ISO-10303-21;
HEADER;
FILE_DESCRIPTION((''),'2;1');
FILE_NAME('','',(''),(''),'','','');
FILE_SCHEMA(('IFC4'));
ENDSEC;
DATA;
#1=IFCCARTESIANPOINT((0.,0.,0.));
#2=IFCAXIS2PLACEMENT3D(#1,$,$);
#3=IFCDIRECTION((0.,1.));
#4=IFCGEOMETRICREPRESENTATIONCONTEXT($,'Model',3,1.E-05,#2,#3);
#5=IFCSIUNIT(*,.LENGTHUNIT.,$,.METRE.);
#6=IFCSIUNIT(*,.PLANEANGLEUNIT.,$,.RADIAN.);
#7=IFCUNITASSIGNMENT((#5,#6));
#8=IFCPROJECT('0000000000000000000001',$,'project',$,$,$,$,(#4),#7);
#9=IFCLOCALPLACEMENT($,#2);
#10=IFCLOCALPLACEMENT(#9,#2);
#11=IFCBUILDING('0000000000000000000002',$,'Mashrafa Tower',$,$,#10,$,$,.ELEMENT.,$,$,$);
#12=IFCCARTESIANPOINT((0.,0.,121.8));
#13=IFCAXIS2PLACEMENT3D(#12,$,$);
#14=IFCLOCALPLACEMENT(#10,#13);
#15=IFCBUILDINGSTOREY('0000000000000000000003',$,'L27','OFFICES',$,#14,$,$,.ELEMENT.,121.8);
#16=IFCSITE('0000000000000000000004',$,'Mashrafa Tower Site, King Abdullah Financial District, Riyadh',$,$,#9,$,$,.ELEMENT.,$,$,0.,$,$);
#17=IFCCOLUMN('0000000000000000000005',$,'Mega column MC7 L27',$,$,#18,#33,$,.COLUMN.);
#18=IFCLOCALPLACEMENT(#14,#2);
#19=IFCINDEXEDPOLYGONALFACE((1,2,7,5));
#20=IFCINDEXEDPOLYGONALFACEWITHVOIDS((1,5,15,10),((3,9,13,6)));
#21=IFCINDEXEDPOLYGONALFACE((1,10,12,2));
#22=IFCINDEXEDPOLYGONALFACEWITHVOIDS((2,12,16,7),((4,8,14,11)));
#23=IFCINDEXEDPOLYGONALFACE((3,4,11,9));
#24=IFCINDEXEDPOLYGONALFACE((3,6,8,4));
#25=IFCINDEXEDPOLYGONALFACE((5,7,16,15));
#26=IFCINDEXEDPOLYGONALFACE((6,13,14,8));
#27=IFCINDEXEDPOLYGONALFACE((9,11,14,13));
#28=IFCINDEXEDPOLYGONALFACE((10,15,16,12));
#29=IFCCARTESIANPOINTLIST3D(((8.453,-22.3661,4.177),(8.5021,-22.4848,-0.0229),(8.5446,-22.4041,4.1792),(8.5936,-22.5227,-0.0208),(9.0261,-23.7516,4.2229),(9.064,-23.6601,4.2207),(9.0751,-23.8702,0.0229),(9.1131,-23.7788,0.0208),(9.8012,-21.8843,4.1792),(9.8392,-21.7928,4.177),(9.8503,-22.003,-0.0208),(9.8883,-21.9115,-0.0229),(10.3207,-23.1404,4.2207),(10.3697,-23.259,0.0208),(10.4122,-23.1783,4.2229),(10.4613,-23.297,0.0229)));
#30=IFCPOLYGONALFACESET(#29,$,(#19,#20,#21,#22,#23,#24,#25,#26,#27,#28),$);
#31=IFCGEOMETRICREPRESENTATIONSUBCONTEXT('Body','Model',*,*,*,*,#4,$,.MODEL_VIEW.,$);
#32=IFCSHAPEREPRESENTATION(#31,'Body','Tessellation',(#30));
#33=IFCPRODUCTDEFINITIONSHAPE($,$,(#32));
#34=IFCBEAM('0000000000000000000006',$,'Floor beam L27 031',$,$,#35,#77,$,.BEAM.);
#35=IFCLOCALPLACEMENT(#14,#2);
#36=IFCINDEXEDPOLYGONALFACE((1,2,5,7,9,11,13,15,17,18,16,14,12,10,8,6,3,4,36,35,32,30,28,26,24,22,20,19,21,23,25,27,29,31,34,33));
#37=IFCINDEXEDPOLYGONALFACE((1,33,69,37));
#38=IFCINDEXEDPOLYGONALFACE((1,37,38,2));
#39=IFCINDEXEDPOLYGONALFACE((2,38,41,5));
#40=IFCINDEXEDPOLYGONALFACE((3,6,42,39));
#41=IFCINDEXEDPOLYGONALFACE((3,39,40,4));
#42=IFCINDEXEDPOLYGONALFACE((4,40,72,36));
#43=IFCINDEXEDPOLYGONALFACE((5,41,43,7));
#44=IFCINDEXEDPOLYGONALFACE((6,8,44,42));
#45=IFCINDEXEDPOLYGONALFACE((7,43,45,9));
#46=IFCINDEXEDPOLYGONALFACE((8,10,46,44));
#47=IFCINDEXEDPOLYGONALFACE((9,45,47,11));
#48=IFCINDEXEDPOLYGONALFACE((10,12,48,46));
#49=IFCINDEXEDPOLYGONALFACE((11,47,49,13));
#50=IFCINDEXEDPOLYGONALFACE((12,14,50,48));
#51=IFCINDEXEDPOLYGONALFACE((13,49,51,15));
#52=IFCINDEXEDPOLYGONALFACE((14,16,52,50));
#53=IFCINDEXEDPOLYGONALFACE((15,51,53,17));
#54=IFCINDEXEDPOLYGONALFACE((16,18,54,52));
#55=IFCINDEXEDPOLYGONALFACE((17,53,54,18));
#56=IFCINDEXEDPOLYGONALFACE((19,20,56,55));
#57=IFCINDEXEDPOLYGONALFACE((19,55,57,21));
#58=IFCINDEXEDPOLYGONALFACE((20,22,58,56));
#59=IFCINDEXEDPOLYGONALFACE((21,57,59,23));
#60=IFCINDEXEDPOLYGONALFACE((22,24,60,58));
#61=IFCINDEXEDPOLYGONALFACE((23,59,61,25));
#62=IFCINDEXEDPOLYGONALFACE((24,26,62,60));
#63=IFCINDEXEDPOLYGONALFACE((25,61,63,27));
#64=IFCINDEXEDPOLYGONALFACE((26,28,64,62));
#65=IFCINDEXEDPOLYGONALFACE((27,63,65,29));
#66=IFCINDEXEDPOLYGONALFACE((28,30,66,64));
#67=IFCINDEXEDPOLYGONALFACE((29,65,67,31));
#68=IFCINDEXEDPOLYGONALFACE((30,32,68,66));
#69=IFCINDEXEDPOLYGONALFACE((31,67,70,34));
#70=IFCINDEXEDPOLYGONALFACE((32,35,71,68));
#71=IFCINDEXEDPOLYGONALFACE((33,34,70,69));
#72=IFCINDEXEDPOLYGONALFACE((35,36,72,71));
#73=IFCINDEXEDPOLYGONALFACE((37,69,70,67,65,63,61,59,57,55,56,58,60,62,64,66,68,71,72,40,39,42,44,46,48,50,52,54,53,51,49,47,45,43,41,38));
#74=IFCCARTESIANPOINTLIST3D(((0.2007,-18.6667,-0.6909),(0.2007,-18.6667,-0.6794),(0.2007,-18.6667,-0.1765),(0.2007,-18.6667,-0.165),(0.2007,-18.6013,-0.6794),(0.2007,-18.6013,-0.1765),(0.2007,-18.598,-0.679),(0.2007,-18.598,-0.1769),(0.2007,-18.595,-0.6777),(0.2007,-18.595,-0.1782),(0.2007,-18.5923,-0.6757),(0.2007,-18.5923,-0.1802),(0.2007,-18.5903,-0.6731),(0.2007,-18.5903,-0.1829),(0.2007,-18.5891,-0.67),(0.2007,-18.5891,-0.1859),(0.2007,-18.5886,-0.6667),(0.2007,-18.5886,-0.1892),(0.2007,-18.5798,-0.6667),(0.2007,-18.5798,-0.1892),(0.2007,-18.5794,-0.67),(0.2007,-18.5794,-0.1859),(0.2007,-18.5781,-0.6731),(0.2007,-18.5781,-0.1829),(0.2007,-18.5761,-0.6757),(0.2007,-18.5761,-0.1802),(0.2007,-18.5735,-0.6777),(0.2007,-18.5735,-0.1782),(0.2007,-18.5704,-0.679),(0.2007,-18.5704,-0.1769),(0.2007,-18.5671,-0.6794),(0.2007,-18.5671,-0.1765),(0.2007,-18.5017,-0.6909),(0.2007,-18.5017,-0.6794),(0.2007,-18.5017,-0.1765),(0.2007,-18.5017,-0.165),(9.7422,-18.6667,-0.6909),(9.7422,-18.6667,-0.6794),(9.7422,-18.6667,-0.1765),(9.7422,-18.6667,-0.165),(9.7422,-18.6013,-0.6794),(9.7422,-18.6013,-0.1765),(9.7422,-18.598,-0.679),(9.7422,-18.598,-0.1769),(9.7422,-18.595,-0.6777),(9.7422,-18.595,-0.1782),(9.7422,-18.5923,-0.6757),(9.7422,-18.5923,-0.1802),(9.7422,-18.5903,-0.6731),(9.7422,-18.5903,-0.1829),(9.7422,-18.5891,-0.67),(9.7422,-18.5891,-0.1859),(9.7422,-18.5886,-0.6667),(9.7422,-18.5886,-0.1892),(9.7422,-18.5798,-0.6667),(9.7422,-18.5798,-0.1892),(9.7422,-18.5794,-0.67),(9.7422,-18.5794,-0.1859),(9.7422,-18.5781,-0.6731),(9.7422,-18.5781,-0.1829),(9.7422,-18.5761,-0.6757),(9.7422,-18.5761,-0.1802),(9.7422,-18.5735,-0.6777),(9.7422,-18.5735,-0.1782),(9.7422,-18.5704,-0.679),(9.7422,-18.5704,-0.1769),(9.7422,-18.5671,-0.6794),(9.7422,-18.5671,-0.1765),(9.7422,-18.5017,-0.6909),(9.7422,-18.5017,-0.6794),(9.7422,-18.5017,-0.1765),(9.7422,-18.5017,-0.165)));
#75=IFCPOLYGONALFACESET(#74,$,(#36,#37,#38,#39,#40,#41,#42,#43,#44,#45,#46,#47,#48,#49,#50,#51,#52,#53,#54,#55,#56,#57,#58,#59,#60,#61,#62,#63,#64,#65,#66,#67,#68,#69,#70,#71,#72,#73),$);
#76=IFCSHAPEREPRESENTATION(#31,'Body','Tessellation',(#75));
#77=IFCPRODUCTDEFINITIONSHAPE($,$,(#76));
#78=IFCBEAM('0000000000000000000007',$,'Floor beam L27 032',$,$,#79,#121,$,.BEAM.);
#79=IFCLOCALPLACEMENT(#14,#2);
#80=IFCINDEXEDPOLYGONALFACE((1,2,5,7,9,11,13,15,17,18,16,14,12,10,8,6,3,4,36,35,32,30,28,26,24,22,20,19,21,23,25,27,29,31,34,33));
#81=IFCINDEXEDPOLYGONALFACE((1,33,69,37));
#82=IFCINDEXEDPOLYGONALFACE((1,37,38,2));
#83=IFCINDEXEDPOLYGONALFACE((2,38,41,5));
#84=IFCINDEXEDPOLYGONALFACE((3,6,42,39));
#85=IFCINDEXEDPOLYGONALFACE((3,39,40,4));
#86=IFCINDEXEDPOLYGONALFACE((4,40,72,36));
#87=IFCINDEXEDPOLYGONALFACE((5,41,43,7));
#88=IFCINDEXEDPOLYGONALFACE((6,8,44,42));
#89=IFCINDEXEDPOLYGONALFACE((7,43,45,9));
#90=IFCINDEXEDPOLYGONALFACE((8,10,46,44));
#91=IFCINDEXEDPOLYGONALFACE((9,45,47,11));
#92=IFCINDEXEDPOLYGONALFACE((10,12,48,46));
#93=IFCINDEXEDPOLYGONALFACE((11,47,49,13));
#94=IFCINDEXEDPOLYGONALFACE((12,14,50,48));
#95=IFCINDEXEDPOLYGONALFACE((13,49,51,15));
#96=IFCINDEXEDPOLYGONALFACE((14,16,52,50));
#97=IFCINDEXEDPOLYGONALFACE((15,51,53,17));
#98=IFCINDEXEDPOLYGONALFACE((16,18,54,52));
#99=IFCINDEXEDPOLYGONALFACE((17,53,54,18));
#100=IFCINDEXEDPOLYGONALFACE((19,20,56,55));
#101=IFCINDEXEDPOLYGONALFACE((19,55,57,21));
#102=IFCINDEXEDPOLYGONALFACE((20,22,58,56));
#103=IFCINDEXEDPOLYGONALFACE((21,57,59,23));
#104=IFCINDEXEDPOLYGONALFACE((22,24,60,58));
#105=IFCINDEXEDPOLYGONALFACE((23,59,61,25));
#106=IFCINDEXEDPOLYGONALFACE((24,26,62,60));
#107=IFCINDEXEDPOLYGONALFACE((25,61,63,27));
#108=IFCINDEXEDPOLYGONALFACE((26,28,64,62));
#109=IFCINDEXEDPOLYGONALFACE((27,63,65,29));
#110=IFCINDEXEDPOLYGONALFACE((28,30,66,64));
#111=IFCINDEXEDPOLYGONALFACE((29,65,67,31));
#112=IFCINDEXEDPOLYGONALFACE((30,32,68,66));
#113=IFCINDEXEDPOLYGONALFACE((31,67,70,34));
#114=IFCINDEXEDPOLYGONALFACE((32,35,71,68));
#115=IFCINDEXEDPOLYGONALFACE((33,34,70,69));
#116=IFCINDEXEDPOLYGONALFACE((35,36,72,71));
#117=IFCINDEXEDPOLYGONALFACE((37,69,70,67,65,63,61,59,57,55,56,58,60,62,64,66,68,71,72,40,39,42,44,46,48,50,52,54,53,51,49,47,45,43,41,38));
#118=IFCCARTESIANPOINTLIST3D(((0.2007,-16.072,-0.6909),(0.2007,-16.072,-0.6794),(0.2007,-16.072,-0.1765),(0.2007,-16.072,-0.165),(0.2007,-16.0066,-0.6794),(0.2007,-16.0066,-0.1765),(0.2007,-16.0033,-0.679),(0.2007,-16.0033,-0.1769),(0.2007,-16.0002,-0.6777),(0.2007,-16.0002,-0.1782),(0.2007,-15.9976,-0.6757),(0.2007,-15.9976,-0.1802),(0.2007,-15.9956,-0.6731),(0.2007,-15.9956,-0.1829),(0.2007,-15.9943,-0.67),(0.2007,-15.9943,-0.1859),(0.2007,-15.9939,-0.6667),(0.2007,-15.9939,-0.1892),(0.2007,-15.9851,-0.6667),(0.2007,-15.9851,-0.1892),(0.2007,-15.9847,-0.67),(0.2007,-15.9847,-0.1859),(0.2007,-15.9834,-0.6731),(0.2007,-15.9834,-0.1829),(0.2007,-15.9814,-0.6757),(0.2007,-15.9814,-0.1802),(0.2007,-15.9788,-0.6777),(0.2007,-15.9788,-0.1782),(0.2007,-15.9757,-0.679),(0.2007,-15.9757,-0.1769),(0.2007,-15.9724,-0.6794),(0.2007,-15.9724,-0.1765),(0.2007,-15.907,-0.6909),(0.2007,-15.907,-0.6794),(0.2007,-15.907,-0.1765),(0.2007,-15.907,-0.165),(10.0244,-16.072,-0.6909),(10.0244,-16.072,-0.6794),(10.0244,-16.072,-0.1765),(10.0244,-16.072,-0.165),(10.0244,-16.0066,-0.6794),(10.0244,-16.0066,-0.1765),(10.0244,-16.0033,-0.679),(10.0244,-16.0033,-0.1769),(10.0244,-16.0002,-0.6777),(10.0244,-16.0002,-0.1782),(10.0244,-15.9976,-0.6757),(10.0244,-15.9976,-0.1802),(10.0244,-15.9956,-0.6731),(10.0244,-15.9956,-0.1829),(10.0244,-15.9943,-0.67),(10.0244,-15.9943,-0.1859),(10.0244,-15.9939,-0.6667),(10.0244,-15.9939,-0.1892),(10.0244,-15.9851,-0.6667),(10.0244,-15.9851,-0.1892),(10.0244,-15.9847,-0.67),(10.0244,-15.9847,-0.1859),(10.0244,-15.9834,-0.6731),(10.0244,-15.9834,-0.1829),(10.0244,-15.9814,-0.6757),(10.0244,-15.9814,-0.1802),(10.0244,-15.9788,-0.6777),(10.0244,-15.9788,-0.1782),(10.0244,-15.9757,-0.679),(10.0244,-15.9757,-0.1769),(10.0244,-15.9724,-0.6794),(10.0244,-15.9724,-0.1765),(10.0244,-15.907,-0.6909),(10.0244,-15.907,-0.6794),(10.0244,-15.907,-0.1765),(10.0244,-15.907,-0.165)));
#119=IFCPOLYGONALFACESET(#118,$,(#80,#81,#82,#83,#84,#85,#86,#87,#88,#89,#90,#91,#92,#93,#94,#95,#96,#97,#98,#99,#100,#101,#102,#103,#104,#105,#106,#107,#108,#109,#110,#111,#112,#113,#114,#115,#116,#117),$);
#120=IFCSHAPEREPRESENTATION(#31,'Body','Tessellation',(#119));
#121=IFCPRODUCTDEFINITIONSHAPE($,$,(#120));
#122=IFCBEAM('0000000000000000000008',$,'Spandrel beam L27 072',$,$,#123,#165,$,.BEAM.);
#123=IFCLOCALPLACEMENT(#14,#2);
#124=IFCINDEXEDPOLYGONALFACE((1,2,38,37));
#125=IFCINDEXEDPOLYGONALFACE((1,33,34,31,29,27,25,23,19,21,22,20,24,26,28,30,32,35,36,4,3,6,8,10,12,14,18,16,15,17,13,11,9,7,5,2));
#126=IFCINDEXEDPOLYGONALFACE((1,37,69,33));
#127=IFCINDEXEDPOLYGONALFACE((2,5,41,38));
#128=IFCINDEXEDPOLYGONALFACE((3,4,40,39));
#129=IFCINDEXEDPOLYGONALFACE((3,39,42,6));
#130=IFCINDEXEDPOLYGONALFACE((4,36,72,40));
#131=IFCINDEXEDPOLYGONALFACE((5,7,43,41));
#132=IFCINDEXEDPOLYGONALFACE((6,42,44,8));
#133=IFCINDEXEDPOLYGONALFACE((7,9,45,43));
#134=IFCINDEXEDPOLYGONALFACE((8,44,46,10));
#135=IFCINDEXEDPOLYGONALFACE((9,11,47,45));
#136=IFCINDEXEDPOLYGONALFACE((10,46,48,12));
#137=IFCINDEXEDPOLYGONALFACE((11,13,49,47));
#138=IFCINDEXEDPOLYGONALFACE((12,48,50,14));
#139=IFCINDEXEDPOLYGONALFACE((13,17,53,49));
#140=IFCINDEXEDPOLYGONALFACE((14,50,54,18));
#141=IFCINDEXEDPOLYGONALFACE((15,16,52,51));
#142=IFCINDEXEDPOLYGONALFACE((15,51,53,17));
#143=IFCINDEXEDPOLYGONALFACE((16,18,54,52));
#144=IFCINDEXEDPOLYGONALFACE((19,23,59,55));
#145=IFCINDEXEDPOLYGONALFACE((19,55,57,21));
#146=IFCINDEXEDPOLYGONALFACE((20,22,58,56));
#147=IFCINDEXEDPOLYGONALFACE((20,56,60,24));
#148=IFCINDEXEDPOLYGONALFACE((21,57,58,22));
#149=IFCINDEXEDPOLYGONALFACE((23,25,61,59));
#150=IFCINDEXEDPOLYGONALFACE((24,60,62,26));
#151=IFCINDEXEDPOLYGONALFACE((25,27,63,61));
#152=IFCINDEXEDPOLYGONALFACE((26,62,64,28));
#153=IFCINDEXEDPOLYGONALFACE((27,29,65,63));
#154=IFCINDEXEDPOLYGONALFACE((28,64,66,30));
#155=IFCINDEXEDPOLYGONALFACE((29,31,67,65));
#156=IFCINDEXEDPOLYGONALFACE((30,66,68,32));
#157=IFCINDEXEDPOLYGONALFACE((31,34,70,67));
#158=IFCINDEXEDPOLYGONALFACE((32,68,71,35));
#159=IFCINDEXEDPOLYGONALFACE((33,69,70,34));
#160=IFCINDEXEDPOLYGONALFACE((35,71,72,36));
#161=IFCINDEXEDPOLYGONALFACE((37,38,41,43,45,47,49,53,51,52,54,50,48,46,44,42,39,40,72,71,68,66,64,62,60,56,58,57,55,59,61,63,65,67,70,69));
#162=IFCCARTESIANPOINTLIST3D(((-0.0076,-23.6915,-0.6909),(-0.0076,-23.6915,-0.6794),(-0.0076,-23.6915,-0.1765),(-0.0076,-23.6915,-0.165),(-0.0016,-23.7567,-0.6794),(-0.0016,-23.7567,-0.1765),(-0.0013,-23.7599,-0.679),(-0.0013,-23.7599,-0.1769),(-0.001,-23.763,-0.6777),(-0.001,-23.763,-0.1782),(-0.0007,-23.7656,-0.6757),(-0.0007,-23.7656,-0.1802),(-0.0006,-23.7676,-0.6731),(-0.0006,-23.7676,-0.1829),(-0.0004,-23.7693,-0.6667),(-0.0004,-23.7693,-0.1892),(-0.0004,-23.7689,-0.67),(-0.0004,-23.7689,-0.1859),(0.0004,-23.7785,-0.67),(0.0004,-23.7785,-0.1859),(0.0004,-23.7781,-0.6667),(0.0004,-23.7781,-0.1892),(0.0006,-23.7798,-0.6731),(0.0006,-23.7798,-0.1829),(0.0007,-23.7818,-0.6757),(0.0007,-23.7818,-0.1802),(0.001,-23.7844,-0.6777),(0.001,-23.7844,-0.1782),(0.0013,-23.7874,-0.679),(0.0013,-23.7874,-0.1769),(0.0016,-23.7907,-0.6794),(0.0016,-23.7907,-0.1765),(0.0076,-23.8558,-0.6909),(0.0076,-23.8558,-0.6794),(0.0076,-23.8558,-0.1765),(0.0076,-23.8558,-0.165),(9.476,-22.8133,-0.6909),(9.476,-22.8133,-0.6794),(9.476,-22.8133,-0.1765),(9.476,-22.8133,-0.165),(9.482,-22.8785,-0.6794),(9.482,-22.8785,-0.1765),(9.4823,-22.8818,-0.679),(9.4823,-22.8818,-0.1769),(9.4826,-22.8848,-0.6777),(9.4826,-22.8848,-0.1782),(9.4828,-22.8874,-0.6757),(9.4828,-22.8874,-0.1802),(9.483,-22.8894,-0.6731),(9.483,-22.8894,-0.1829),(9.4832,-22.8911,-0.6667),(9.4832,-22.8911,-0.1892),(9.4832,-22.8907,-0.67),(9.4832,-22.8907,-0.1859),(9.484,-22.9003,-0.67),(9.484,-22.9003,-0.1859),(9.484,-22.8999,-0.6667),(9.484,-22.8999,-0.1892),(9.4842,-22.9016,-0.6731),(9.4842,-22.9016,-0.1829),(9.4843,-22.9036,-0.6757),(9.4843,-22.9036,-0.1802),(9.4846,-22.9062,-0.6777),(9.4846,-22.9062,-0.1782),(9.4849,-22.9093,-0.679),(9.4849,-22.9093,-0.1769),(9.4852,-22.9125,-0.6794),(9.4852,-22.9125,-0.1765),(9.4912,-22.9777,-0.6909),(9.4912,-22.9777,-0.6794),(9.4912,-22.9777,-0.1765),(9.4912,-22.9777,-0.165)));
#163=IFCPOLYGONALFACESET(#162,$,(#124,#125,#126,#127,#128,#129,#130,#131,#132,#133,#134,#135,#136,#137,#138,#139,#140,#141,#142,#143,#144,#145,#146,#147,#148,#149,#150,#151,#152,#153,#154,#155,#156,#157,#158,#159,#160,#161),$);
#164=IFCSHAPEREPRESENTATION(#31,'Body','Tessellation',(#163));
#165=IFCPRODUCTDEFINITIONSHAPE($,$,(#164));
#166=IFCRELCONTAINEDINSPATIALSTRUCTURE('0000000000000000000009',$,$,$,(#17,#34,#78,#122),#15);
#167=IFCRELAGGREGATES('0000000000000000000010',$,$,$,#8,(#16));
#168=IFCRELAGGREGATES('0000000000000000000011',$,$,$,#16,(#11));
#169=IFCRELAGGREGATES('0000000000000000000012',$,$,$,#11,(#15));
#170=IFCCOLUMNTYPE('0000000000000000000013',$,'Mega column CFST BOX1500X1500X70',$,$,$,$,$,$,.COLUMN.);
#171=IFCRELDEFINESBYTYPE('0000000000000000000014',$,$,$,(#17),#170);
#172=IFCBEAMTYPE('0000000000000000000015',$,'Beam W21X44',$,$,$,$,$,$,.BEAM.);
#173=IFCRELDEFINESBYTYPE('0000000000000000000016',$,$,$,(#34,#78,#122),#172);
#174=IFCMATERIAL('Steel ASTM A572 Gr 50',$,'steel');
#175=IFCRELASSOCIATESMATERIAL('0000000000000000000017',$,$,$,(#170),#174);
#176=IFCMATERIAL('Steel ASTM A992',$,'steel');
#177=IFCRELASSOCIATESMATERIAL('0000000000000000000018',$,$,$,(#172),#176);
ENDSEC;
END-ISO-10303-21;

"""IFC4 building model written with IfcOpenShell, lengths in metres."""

from ifc_helpers import new_model, si_unit, direction, frame, origin, origin_2d, place, context, subcontext, project, spatial, hollow_rectangle, i_section, extrude, material, material_profile, profile_set, type_object, element, save


model = new_model("IFC4")

# Units and contexts
model_context = context("Model", 3, precision=1e-05, world=origin(), true_north=direction((0.0, 1.0)))
body_context = subcontext(model_context, "Body", "Model", "MODEL_VIEW")
ifc_project = project(units=[si_unit("LENGTHUNIT", "METRE"), si_unit("PLANEANGLEUNIT", "RADIAN")], contexts=[model_context])

# Site, building, storey
site_placement = place(None, origin())
site = spatial("IfcSite", under=ifc_project, at=site_placement, Name="Mashrafa Tower Site, King Abdullah Financial District, Riyadh", CompositionType="ELEMENT", RefElevation=0.0)
building_placement = place(site_placement, origin())
building = spatial("IfcBuilding", under=site, at=building_placement, Name="Mashrafa Tower", CompositionType="ELEMENT")
storey_placement = place(building_placement, frame((0.0, 0.0, 121.8)))
storey = spatial("IfcBuildingStorey", under=building, at=storey_placement, Name="L27", Description="OFFICES", CompositionType="ELEMENT", Elevation=121.8)

# Column
ifc_material_1 = material(Name="Steel ASTM A572 Gr 50", Category="steel")
ifc_material_profile_1 = material_profile(ifc_material_1, hollow_rectangle(XDim=1.5, YDim=1.5, WallThickness=0.0701, at=origin_2d()), Name="BOX1500X1500X70")
ifc_profile_set_1 = profile_set([ifc_material_profile_1], Name="Steel ASTM A572 Gr 50")
column_type = type_object("IfcColumnType", Name="Mega column CFST BOX1500X1500X70", PredefinedType="COLUMN", material=ifc_profile_set_1)
column_placement = place(storey_placement, frame((9.4817, -22.8909, 0.0), z_axis=(-0.011679, 0.028238, 0.999533), x_axis=(-0.924086, -0.382184, 0.0)))
element("IfcColumn", 1, at=column_placement, inside=storey, type_object=column_type, Name="Mega column MC7 L27", PredefinedType="COLUMN", context=body_context, shape_type="SweptSolid", body=[
    extrude(hollow_rectangle(XDim=1.5, YDim=1.5, WallThickness=0.0701, at=origin_2d()), origin(), (0.0, 0.0, 1.0), 4.2019),
])

# Beams
ifc_material_2 = material(Name="Steel ASTM A992", Category="steel")
ifc_material_profile_2 = material_profile(ifc_material_2, i_section(OverallWidth=0.165, OverallDepth=0.5259, WebThickness=0.0088, FlangeThickness=0.0115, FilletRadius=0.0127, at=origin_2d()), Name="W21X44")
ifc_profile_set_2 = profile_set([ifc_material_profile_2], Name="Steel ASTM A992")
beam_type_1 = type_object("IfcBeamType", Name="Beam W21X44", PredefinedType="BEAM", material=ifc_profile_set_2)
beam_1_placement = place(storey_placement, frame((9.7422, -18.5842, -0.428), z_axis=(-1.0, 0.0, 0.0), x_axis=(0.0, -1.0, 0.0)))
element("IfcBeam", 2, at=beam_1_placement, inside=storey, type_object=beam_type_1, Name="Floor beam L27 031", PredefinedType="BEAM", context=body_context, shape_type="SweptSolid", body=[
    extrude(i_section(OverallWidth=0.165, OverallDepth=0.5259, WebThickness=0.0088, FlangeThickness=0.0115, FilletRadius=0.0127, at=origin_2d()), origin(), (0.0, 0.0, 1.0), 9.5415),
])
beam_2_placement = place(storey_placement, frame((10.0244, -15.9895, -0.428), z_axis=(-1.0, 0.0, 0.0), x_axis=(0.0, -1.0, 0.0)))
element("IfcBeam", 3, at=beam_2_placement, inside=storey, type_object=beam_type_1, Name="Floor beam L27 032", PredefinedType="BEAM", context=body_context, shape_type="SweptSolid", body=[
    extrude(i_section(OverallWidth=0.165, OverallDepth=0.5259, WebThickness=0.0088, FlangeThickness=0.0115, FilletRadius=0.0127, at=origin_2d()), origin(), (0.0, 0.0, 1.0), 9.8237),
])
for number, where, z_axis, x_axis, name in (
    (4, (0.0, -23.7737, -0.428), (0.99574, 0.092204, 0.0), (-0.092204, 0.99574, 0.0), "Spandrel beam L27 072"),
):
    element("IfcBeam", number, at=place(storey_placement, frame(where, z_axis=z_axis, x_axis=x_axis)), inside=storey, type_object=beam_type_1, Name=name, PredefinedType="BEAM", context=body_context, shape_type="SweptSolid", body=[
        extrude(i_section(OverallWidth=0.165, OverallDepth=0.5259, WebThickness=0.0088, FlangeThickness=0.0115, FilletRadius=0.0127, at=origin_2d()), origin(), (0.0, 0.0, 1.0), 9.5242),
    ])

save(model, "model.ifc")
